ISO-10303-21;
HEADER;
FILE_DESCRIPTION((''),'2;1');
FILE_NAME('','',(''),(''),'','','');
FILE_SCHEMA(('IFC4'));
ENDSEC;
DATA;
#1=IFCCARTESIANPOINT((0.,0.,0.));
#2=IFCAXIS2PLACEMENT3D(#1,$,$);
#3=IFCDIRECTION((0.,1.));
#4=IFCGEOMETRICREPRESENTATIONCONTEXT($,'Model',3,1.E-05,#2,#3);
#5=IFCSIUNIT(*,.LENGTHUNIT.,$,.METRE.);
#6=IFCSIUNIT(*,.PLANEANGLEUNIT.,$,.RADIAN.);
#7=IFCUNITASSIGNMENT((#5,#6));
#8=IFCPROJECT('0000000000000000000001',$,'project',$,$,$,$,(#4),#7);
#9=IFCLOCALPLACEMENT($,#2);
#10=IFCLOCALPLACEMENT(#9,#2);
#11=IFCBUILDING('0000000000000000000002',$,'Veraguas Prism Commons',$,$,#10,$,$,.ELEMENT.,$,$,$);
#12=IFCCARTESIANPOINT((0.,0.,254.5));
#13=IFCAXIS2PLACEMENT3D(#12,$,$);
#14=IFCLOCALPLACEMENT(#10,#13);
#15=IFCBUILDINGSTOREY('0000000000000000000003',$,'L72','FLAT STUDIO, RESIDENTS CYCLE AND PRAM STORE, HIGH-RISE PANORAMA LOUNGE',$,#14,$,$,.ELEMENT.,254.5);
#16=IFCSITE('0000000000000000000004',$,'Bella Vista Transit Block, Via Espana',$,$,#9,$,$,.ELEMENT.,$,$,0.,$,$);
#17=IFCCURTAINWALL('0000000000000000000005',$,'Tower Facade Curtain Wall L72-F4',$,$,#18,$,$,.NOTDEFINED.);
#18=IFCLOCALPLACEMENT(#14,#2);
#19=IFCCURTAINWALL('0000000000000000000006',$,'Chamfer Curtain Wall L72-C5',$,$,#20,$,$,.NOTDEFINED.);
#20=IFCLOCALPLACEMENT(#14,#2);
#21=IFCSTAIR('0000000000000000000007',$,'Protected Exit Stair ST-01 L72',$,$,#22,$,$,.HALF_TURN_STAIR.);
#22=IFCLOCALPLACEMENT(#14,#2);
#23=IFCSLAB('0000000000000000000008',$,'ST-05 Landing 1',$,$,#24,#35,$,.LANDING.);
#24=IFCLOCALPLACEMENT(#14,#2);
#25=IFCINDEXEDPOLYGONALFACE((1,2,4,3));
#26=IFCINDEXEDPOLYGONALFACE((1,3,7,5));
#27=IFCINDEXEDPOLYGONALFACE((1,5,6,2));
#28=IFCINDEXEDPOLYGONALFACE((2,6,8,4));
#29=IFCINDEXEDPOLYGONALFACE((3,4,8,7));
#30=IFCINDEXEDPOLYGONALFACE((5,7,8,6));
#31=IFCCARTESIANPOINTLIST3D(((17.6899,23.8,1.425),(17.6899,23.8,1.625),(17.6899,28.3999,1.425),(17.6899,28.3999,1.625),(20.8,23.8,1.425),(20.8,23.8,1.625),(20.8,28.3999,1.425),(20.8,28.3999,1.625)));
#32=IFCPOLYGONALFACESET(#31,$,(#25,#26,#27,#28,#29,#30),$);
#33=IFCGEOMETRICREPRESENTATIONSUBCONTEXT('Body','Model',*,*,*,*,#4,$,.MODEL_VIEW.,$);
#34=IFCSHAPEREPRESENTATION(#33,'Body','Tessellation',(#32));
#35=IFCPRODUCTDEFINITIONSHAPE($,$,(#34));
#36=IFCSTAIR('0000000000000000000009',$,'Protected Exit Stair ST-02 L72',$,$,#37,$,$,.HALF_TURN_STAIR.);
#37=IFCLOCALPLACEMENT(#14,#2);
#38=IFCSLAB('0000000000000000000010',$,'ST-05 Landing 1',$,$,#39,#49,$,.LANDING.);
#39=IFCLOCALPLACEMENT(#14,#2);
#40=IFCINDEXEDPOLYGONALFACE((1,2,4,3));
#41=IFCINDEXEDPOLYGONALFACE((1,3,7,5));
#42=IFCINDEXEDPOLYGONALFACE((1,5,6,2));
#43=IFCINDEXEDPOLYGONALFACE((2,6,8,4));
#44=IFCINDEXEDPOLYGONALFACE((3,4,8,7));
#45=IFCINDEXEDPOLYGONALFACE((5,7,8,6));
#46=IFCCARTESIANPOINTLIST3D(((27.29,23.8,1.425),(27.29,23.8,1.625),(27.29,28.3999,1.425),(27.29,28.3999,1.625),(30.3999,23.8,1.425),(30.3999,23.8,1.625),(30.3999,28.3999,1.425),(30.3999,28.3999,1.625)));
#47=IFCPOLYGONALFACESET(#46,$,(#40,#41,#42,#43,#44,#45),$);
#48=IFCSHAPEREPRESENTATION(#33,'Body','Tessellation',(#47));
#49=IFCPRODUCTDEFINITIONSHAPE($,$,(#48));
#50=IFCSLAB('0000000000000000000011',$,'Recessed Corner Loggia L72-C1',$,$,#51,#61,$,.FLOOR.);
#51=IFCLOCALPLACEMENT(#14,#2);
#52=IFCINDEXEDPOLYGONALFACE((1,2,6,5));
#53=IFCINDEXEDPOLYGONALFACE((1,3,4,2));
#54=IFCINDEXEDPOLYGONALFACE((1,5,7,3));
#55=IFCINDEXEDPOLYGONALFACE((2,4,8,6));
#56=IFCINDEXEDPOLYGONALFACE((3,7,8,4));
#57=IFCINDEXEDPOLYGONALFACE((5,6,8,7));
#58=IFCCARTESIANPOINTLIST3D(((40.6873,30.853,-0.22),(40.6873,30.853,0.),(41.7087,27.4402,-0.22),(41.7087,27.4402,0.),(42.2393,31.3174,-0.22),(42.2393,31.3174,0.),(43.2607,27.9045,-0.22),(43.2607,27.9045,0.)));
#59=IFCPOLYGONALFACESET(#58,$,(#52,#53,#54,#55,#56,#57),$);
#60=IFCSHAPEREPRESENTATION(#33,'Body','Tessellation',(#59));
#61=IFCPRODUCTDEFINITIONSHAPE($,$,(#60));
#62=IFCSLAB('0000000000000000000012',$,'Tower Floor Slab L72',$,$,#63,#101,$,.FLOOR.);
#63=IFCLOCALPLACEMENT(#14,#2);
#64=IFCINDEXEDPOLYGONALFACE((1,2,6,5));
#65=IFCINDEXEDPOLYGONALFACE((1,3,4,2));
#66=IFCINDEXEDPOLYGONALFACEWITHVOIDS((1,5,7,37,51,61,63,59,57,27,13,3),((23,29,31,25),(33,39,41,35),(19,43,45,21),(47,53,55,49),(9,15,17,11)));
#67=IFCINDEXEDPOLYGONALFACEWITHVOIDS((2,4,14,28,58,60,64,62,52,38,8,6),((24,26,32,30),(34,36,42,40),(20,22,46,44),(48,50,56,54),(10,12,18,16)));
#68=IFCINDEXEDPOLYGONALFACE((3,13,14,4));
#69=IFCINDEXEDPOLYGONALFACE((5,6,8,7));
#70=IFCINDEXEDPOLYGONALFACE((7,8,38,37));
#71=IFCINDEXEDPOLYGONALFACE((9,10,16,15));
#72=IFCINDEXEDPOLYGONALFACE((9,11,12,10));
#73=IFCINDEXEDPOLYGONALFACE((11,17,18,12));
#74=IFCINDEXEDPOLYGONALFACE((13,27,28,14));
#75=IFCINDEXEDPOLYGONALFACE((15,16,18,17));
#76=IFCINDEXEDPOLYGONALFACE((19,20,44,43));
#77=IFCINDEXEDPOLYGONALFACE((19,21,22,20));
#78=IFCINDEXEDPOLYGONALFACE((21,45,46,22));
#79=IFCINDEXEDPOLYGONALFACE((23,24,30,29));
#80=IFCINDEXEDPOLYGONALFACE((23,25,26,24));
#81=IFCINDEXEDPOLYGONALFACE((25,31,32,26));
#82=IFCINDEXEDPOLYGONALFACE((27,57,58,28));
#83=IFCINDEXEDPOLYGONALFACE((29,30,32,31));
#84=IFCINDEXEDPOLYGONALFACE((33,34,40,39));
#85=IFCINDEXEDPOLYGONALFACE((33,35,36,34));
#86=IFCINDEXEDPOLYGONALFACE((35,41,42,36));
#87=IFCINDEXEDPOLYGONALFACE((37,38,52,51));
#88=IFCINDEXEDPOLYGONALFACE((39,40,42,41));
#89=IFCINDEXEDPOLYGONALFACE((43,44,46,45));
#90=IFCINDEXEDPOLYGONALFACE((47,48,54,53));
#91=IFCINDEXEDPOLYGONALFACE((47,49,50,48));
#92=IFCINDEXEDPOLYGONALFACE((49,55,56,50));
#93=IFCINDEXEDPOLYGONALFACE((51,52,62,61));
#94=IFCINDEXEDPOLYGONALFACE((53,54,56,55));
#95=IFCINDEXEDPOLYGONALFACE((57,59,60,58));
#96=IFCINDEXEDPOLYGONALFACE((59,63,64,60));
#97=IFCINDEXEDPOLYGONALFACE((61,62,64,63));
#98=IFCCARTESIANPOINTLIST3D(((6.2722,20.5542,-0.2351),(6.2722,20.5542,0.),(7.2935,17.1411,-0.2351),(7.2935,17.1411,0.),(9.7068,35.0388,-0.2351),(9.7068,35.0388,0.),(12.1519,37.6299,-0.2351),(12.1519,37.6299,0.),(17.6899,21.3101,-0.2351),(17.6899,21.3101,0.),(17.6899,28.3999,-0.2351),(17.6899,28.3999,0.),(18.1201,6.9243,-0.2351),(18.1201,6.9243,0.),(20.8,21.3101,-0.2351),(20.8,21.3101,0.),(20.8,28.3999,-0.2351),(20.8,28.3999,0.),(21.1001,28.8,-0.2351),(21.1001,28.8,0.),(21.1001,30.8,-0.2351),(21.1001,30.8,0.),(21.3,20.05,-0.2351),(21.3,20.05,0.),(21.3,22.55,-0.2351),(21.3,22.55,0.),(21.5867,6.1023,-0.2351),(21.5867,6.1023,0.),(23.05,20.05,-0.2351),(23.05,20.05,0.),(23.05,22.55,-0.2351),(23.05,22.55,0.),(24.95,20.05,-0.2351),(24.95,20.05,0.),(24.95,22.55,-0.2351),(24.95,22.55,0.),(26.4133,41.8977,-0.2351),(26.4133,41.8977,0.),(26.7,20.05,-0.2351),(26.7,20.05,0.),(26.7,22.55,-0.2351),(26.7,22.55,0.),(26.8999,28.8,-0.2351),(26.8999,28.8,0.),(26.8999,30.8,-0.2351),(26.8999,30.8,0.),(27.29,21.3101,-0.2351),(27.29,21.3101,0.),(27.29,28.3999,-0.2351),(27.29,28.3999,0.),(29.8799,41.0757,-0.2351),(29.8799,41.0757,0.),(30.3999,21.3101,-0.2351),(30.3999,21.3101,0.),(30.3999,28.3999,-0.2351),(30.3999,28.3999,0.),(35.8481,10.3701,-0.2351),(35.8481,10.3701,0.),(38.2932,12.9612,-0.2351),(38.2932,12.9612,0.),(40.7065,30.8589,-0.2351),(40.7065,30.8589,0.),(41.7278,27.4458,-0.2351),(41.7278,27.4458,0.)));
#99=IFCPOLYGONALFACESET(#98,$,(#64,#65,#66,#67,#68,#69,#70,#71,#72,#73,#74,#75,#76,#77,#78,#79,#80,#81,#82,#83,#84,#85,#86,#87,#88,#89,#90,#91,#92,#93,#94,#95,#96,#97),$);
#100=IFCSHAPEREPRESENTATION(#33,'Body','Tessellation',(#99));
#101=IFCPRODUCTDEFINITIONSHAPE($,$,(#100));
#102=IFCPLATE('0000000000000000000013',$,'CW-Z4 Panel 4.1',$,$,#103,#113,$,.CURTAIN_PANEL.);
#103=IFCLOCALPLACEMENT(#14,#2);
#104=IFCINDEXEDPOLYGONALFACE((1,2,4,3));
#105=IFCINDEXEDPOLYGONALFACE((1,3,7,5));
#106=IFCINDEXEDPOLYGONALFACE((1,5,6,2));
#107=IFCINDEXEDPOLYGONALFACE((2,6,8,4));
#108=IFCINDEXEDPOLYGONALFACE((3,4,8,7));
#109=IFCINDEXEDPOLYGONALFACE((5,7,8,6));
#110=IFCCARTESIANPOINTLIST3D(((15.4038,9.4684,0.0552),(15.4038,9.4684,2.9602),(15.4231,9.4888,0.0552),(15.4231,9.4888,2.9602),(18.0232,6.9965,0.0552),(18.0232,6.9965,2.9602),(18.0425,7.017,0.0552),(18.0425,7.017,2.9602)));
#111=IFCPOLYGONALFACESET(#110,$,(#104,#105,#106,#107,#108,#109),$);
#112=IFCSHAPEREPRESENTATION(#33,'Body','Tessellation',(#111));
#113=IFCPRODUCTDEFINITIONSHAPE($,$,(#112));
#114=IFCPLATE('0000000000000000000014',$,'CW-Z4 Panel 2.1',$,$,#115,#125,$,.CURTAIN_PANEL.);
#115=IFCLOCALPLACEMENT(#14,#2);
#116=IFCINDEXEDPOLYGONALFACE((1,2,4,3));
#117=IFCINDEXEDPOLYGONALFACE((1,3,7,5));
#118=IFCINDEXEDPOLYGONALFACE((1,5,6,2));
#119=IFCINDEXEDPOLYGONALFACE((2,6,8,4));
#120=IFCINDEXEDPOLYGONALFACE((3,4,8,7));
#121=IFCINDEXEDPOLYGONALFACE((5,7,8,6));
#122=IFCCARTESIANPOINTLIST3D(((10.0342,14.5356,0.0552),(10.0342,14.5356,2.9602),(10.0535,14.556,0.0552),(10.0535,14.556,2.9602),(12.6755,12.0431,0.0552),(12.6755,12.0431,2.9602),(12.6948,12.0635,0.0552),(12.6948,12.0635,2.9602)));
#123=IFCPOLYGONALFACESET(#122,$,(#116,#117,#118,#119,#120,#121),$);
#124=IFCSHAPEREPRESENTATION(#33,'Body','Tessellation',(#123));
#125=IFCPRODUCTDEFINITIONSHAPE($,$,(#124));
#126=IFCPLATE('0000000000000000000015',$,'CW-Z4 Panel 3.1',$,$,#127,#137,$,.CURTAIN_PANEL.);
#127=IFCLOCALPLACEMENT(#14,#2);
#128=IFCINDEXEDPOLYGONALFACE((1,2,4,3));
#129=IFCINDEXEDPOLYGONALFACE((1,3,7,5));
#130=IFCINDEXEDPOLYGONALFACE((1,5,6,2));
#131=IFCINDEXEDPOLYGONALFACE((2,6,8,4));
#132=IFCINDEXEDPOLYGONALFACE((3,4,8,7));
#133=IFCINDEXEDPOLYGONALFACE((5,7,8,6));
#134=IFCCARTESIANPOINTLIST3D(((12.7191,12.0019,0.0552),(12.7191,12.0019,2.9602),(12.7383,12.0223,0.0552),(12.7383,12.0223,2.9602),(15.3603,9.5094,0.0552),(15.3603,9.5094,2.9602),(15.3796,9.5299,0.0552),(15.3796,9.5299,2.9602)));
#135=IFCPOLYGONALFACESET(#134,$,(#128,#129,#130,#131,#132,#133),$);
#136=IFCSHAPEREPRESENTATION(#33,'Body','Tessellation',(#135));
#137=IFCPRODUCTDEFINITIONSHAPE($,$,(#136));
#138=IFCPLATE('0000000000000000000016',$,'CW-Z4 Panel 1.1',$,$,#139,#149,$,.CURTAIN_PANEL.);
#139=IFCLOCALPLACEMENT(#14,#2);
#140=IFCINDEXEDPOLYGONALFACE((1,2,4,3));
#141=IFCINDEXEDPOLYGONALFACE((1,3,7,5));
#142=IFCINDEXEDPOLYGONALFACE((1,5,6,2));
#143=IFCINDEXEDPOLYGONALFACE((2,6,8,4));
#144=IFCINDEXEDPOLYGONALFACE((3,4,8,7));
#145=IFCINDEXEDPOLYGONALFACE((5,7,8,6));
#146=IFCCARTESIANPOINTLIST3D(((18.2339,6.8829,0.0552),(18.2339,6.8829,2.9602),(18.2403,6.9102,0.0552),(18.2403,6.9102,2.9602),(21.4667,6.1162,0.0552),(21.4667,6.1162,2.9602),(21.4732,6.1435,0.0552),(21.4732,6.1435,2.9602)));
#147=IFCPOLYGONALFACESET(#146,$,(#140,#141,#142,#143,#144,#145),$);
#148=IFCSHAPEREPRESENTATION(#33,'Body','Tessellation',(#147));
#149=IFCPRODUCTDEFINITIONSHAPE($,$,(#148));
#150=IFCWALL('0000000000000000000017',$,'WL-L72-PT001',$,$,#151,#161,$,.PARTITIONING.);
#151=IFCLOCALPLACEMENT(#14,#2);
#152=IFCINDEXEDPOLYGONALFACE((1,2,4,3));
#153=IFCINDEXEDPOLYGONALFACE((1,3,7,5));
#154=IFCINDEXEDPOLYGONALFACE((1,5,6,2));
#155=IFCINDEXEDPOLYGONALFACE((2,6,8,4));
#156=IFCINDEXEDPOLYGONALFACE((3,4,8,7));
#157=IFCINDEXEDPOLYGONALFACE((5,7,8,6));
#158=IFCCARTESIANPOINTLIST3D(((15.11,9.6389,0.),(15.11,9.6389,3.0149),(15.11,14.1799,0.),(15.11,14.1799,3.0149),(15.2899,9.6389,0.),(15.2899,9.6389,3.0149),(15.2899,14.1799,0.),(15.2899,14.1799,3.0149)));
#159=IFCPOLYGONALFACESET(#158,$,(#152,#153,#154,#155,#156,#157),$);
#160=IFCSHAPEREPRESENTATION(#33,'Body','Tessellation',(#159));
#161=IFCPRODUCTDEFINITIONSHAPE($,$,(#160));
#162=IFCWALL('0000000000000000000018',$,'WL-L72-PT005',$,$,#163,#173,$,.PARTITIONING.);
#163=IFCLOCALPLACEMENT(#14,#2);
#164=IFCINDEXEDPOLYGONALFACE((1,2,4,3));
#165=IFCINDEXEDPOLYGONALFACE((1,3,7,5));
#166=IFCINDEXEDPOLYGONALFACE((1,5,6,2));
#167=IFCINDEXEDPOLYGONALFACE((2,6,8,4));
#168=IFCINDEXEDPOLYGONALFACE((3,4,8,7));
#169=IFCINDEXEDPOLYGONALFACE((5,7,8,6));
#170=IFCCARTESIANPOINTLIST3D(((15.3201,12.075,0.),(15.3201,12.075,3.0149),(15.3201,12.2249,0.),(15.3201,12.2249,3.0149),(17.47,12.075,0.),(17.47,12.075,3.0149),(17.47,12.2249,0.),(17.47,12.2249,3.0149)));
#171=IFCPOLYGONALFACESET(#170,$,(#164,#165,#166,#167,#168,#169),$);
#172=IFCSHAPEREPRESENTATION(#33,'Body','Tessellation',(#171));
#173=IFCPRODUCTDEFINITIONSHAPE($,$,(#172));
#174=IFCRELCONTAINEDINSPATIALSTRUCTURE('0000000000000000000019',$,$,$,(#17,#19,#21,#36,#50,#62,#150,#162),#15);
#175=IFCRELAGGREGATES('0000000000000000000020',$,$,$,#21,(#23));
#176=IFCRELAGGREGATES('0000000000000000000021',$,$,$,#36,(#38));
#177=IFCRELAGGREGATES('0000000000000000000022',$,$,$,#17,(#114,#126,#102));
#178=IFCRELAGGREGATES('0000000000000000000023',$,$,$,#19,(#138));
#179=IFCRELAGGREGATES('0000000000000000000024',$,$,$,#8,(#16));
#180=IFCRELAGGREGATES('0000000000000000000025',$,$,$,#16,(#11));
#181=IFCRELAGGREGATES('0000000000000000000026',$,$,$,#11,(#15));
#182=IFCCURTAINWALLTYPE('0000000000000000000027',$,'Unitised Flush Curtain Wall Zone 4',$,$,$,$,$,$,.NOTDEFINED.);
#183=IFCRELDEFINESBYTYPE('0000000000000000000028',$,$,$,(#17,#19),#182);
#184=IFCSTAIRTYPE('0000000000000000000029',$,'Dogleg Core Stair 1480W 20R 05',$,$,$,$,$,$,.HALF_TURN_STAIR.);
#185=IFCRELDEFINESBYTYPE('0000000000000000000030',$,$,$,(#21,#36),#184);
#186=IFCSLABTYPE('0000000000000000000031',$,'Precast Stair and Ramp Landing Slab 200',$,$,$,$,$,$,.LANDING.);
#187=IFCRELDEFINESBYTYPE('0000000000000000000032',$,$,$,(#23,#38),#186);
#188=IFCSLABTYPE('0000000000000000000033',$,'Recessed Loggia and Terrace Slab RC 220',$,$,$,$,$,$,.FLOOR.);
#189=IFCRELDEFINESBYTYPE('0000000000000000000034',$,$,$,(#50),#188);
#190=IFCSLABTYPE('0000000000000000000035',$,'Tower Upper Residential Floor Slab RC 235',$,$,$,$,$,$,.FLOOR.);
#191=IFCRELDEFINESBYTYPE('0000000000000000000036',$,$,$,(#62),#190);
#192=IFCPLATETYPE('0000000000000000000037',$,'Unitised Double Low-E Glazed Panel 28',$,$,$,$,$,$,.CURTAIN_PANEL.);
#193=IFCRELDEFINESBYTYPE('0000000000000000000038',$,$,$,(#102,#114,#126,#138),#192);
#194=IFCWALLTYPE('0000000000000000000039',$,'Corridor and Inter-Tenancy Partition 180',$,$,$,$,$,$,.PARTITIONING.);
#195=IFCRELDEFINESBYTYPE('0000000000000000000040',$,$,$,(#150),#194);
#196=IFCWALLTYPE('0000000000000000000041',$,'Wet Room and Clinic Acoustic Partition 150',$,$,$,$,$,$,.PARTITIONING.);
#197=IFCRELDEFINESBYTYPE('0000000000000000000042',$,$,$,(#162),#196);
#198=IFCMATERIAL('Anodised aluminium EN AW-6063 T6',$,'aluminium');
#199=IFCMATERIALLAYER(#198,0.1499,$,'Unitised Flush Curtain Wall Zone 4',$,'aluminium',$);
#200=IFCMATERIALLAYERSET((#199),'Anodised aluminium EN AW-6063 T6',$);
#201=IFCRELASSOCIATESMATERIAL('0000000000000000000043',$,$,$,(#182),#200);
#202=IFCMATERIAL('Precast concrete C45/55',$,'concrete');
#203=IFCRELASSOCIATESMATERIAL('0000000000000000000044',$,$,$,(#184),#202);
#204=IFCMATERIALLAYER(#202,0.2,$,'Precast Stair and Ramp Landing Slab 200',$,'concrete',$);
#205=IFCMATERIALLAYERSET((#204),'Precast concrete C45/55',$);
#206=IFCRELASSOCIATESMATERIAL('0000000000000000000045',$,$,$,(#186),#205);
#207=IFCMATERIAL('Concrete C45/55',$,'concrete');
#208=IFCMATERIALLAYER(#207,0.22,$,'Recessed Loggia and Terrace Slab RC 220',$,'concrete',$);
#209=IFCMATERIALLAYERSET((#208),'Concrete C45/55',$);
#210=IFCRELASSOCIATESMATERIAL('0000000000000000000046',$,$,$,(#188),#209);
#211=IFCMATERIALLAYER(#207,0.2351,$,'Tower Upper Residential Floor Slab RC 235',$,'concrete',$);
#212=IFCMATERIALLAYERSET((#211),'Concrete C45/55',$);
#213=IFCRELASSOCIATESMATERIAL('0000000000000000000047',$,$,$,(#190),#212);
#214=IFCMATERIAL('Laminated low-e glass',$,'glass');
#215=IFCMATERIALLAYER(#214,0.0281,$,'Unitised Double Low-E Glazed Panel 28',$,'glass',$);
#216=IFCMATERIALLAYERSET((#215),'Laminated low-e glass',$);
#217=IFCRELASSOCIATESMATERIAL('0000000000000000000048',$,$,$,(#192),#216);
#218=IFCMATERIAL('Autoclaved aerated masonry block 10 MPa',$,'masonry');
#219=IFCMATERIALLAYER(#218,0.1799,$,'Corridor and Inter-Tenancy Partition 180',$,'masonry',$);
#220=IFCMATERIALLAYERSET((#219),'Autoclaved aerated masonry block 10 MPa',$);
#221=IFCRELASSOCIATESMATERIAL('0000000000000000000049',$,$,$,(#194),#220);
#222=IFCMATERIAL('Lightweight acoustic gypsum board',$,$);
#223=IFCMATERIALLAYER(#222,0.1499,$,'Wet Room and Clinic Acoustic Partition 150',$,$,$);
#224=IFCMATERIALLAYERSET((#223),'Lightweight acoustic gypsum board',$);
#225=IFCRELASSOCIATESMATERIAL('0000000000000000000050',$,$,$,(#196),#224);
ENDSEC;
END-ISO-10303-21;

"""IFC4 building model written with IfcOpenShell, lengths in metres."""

from ifc_helpers import new_model, si_unit, direction, frame, frame_2d, origin, origin_2d, place, context, subcontext, project, spatial, polyline, rectangle, outline, extrude, source, transform, mapped, material, layer, layer_set, type_object, element, aggregate, save


model = new_model("IFC4")

# Units and contexts
model_context = context("Model", 3, precision=1e-05, world=origin(), true_north=direction((0.0, 1.0)))
body_context = subcontext(model_context, "Body", "Model", "MODEL_VIEW")
ifc_project = project(units=[si_unit("LENGTHUNIT", "METRE"), si_unit("PLANEANGLEUNIT", "RADIAN")], contexts=[model_context])

# Site, building, storey
site_placement = place(None, origin())
site = spatial("IfcSite", under=ifc_project, at=site_placement, Name="Bella Vista Transit Block, Via Espana", CompositionType="ELEMENT", RefElevation=0.0)
building_placement = place(site_placement, origin())
building = spatial("IfcBuilding", under=site, at=building_placement, Name="Veraguas Prism Commons", CompositionType="ELEMENT")
storey_placement = place(building_placement, frame((0.0, 0.0, 254.5)))
storey = spatial("IfcBuildingStorey", under=building, at=storey_placement, Name="L72", Description="FLAT STUDIO, RESIDENTS CYCLE AND PRAM STORE, HIGH-RISE PANORAMA LOUNGE", CompositionType="ELEMENT", Elevation=254.5)

# Curtain walls
ifc_material_1 = material(Name="Anodised aluminium EN AW-6063 T6", Category="aluminium")
ifc_layer_1 = layer(ifc_material_1, 0.1499, Name="Unitised Flush Curtain Wall Zone 4", Category="aluminium")
ifc_layer_set_1 = layer_set([ifc_layer_1], Name="Anodised aluminium EN AW-6063 T6")
curtain_wall_type = type_object("IfcCurtainWallType", Name="Unitised Flush Curtain Wall Zone 4", PredefinedType="NOTDEFINED", material=ifc_layer_set_1)
curtain_wall_1_placement = place(storey_placement, origin())
curtain_wall_1 = element("IfcCurtainWall", 1, at=curtain_wall_1_placement, inside=storey, type_object=curtain_wall_type, Name="Tower Facade Curtain Wall L72-F4", PredefinedType="NOTDEFINED")
curtain_wall_2_placement = place(storey_placement, origin())
curtain_wall_2 = element("IfcCurtainWall", 2, at=curtain_wall_2_placement, inside=storey, type_object=curtain_wall_type, Name="Chamfer Curtain Wall L72-C5", PredefinedType="NOTDEFINED")

# Stairs, slabs
ifc_material_2 = material(Name="Precast concrete C45/55", Category="concrete")
stair_type = type_object("IfcStairType", Name="Dogleg Core Stair 1480W 20R 05", PredefinedType="HALF_TURN_STAIR", material=ifc_material_2)
stair_1_placement = place(storey_placement, origin())
stair_1 = element("IfcStair", 3, at=stair_1_placement, inside=storey, type_object=stair_type, Name="Protected Exit Stair ST-01 L72", PredefinedType="HALF_TURN_STAIR")
ifc_layer_2 = layer(ifc_material_2, 0.2, Name="Precast Stair and Ramp Landing Slab 200", Category="concrete")
ifc_layer_set_2 = layer_set([ifc_layer_2], Name="Precast concrete C45/55")
slab_type_1 = type_object("IfcSlabType", Name="Precast Stair and Ramp Landing Slab 200", PredefinedType="LANDING", material=ifc_layer_set_2)
slab_1_placement = place(storey_placement, frame((0.0, 0.0, 1.425)))
slab_1 = element("IfcSlab", 4, at=slab_1_placement, type_object=slab_type_1, Name="ST-05 Landing 1", PredefinedType="LANDING", context=body_context, shape_type="SweptSolid", body=[
    extrude(outline(polyline([(20.8, 23.8), (20.8, 28.3999), (17.6899, 28.3999), (17.6899, 23.8), (20.8, 23.8)])), origin(), (0.0, 0.0, 1.0), 0.2),
])
aggregate(stair_1, [slab_1])
stair_2_placement = place(storey_placement, origin())
stair_2 = element("IfcStair", 5, at=stair_2_placement, inside=storey, type_object=stair_type, Name="Protected Exit Stair ST-02 L72", PredefinedType="HALF_TURN_STAIR")
slab_2_placement = place(storey_placement, frame((0.0, 0.0, 1.425)))
slab_2 = element("IfcSlab", 6, at=slab_2_placement, type_object=slab_type_1, Name="ST-05 Landing 1", PredefinedType="LANDING", context=body_context, shape_type="SweptSolid", body=[
    extrude(outline(polyline([(30.3999, 23.8), (30.3999, 28.3999), (27.29, 28.3999), (27.29, 23.8), (30.3999, 23.8)])), origin(), (0.0, 0.0, 1.0), 0.2),
])
aggregate(stair_2, [slab_2])

# Slabs
ifc_material_3 = material(Name="Concrete C45/55", Category="concrete")
ifc_layer_3 = layer(ifc_material_3, 0.22, Name="Recessed Loggia and Terrace Slab RC 220", Category="concrete")
ifc_layer_set_3 = layer_set([ifc_layer_3], Name="Concrete C45/55")
slab_type_2 = type_object("IfcSlabType", Name="Recessed Loggia and Terrace Slab RC 220", PredefinedType="FLOOR", material=ifc_layer_set_3)
slab_3_placement = place(storey_placement, frame((0.0, 0.0, -0.22)))
element("IfcSlab", 7, at=slab_3_placement, inside=storey, type_object=slab_type_2, Name="Recessed Corner Loggia L72-C1", PredefinedType="FLOOR", context=body_context, shape_type="SweptSolid", body=[
    extrude(outline(polyline([(41.7087, 27.4402), (43.2607, 27.9045), (42.2393, 31.3174), (40.6873, 30.853), (41.7087, 27.4402)])), origin(), (0.0, 0.0, 1.0), 0.22),
])
ifc_layer_4 = layer(ifc_material_3, 0.2351, Name="Tower Upper Residential Floor Slab RC 235", Category="concrete")
ifc_layer_set_4 = layer_set([ifc_layer_4], Name="Concrete C45/55")
slab_type_3 = type_object("IfcSlabType", Name="Tower Upper Residential Floor Slab RC 235", PredefinedType="FLOOR", material=ifc_layer_set_4)
slab_4_placement = place(storey_placement, frame((0.0, 0.0, -0.2351)))
element("IfcSlab", 8, at=slab_4_placement, inside=storey, type_object=slab_type_3, Name="Tower Floor Slab L72", PredefinedType="FLOOR", context=body_context, shape_type="SweptSolid", body=[
    extrude(outline(polyline([(41.7278, 27.4458), (40.7065, 30.8589), (29.8799, 41.0757), (26.4133, 41.8977), (12.1519, 37.6299), (9.7068, 35.0388), (6.2722, 20.5542), (7.2935, 17.1411), (18.1201, 6.9243), (21.5867, 6.1023), (35.8481, 10.3701), (38.2932, 12.9612), (41.7278, 27.4458)]), holes=[polyline([(20.8, 21.3101), (20.8, 28.3999), (17.6899, 28.3999), (17.6899, 21.3101), (20.8, 21.3101)]), polyline([(30.3999, 21.3101), (30.3999, 28.3999), (27.29, 28.3999), (27.29, 21.3101), (30.3999, 21.3101)]), polyline([(21.1001, 28.8), (26.8999, 28.8), (26.8999, 30.8), (21.1001, 30.8), (21.1001, 28.8)]), polyline([(21.3, 20.05), (23.05, 20.05), (23.05, 22.55), (21.3, 22.55), (21.3, 20.05)]), polyline([(24.95, 20.05), (26.7, 20.05), (26.7, 22.55), (24.95, 22.55), (24.95, 20.05)])]), origin(), (0.0, 0.0, 1.0), 0.2351),
])

# Plates
ifc_material_4 = material(Name="Laminated low-e glass", Category="glass")
ifc_layer_5 = layer(ifc_material_4, 0.0281, Name="Unitised Double Low-E Glazed Panel 28", Category="glass")
ifc_layer_set_5 = layer_set([ifc_layer_5], Name="Laminated low-e glass")
plate_type = type_object("IfcPlateType", Name="Unitised Double Low-E Glazed Panel 28", PredefinedType="CURTAIN_PANEL", material=ifc_layer_set_5)
shared_shape_1 = source(origin(), body_context, "Body", "SweptSolid", [
    extrude(rectangle(XDim=3.6016, YDim=0.0281, at=origin_2d()), origin(), (0.0, 0.0, 1.0), 2.905),
])
plate_1_placement = place(storey_placement, frame((16.7231, 8.2427, 0.0552), z_axis=(0.0, 0.0, 1.0), x_axis=(0.727296, -0.686324, 0.0)))
plate_1 = element("IfcPlate", 9, at=plate_1_placement, type_object=plate_type, Name="CW-Z4 Panel 4.1", PredefinedType="CURTAIN_PANEL", context=body_context, shape_type="MappedRepresentation", body=[
    mapped(shared_shape_1, transform((0.0, 0.0, 0.0), scale=1.0)),
])
shared_shape_2 = source(origin(), body_context, "Body", "SweptSolid", [
    extrude(rectangle(XDim=3.6316, YDim=0.0281, at=origin_2d()), origin(), (0.0, 0.0, 1.0), 2.905),
])
plate_2_placement = place(storey_placement, frame((11.3645, 13.2996, 0.0552), z_axis=(0.0, 0.0, 1.0), x_axis=(0.727296, -0.686324, 0.0)))
plate_2 = element("IfcPlate", 10, at=plate_2_placement, type_object=plate_type, Name="CW-Z4 Panel 2.1", PredefinedType="CURTAIN_PANEL", context=body_context, shape_type="MappedRepresentation", body=[
    mapped(shared_shape_2, transform((0.0, 0.0, 0.0), scale=1.0)),
])
plate_3_placement = place(storey_placement, frame((14.0493, 10.7659, 0.0552), z_axis=(0.0, 0.0, 1.0), x_axis=(0.727296, -0.686324, 0.0)))
plate_3 = element("IfcPlate", 11, at=plate_3_placement, type_object=plate_type, Name="CW-Z4 Panel 3.1", PredefinedType="CURTAIN_PANEL", context=body_context, shape_type="MappedRepresentation", body=[
    mapped(shared_shape_2, transform((0.0, 0.0, 0.0), scale=1.0)),
])
aggregate(curtain_wall_1, [plate_2, plate_3, plate_1])
shared_shape_3 = source(origin(), body_context, "Body", "SweptSolid", [
    extrude(rectangle(XDim=3.3225, YDim=0.0281, at=origin_2d()), origin(), (0.0, 0.0, 1.0), 2.905),
])
plate_4_placement = place(storey_placement, frame((19.8535, 6.5132, 0.0552), z_axis=(0.0, 0.0, 1.0), x_axis=(0.97301, -0.230761, 0.0)))
plate_4 = element("IfcPlate", 12, at=plate_4_placement, type_object=plate_type, Name="CW-Z4 Panel 1.1", PredefinedType="CURTAIN_PANEL", context=body_context, shape_type="MappedRepresentation", body=[
    mapped(shared_shape_3, transform((0.0, 0.0, 0.0), scale=1.0)),
])
aggregate(curtain_wall_2, [plate_4])

# Walls
ifc_material_5 = material(Name="Autoclaved aerated masonry block 10 MPa", Category="masonry")
ifc_layer_6 = layer(ifc_material_5, 0.1799, Name="Corridor and Inter-Tenancy Partition 180", Category="masonry")
ifc_layer_set_6 = layer_set([ifc_layer_6], Name="Autoclaved aerated masonry block 10 MPa")
wall_type_1 = type_object("IfcWallType", Name="Corridor and Inter-Tenancy Partition 180", PredefinedType="PARTITIONING", material=ifc_layer_set_6)
wall_1_placement = place(storey_placement, frame((15.2, 14.1799, 0.0), z_axis=(0.0, 0.0, 1.0), x_axis=(0.0, -1.0, 0.0)))
element("IfcWall", 13, at=wall_1_placement, inside=storey, type_object=wall_type_1, Name="WL-L72-PT001", PredefinedType="PARTITIONING", context=body_context, shape_type="SweptSolid", body=[
    extrude(rectangle(XDim=4.541, YDim=0.1799, at=frame_2d((2.2705, 0.0))), origin(), (0.0, 0.0, 1.0), 3.0149),
])
ifc_material_6 = material(Name="Lightweight acoustic gypsum board")
ifc_layer_7 = layer(ifc_material_6, 0.1499, Name="Wet Room and Clinic Acoustic Partition 150")
ifc_layer_set_7 = layer_set([ifc_layer_7], Name="Lightweight acoustic gypsum board")
wall_type_2 = type_object("IfcWallType", Name="Wet Room and Clinic Acoustic Partition 150", PredefinedType="PARTITIONING", material=ifc_layer_set_7)
wall_2_placement = place(storey_placement, frame((15.3201, 12.1499, 0.0), z_axis=(0.0, 0.0, 1.0), x_axis=(1.0, 0.0, 0.0)))
element("IfcWall", 14, at=wall_2_placement, inside=storey, type_object=wall_type_2, Name="WL-L72-PT005", PredefinedType="PARTITIONING", context=body_context, shape_type="SweptSolid", body=[
    extrude(rectangle(XDim=2.1499, YDim=0.1499, at=frame_2d((1.075, 0.0))), origin(), (0.0, 0.0, 1.0), 3.0149),
])

save(model, "model.ifc")
